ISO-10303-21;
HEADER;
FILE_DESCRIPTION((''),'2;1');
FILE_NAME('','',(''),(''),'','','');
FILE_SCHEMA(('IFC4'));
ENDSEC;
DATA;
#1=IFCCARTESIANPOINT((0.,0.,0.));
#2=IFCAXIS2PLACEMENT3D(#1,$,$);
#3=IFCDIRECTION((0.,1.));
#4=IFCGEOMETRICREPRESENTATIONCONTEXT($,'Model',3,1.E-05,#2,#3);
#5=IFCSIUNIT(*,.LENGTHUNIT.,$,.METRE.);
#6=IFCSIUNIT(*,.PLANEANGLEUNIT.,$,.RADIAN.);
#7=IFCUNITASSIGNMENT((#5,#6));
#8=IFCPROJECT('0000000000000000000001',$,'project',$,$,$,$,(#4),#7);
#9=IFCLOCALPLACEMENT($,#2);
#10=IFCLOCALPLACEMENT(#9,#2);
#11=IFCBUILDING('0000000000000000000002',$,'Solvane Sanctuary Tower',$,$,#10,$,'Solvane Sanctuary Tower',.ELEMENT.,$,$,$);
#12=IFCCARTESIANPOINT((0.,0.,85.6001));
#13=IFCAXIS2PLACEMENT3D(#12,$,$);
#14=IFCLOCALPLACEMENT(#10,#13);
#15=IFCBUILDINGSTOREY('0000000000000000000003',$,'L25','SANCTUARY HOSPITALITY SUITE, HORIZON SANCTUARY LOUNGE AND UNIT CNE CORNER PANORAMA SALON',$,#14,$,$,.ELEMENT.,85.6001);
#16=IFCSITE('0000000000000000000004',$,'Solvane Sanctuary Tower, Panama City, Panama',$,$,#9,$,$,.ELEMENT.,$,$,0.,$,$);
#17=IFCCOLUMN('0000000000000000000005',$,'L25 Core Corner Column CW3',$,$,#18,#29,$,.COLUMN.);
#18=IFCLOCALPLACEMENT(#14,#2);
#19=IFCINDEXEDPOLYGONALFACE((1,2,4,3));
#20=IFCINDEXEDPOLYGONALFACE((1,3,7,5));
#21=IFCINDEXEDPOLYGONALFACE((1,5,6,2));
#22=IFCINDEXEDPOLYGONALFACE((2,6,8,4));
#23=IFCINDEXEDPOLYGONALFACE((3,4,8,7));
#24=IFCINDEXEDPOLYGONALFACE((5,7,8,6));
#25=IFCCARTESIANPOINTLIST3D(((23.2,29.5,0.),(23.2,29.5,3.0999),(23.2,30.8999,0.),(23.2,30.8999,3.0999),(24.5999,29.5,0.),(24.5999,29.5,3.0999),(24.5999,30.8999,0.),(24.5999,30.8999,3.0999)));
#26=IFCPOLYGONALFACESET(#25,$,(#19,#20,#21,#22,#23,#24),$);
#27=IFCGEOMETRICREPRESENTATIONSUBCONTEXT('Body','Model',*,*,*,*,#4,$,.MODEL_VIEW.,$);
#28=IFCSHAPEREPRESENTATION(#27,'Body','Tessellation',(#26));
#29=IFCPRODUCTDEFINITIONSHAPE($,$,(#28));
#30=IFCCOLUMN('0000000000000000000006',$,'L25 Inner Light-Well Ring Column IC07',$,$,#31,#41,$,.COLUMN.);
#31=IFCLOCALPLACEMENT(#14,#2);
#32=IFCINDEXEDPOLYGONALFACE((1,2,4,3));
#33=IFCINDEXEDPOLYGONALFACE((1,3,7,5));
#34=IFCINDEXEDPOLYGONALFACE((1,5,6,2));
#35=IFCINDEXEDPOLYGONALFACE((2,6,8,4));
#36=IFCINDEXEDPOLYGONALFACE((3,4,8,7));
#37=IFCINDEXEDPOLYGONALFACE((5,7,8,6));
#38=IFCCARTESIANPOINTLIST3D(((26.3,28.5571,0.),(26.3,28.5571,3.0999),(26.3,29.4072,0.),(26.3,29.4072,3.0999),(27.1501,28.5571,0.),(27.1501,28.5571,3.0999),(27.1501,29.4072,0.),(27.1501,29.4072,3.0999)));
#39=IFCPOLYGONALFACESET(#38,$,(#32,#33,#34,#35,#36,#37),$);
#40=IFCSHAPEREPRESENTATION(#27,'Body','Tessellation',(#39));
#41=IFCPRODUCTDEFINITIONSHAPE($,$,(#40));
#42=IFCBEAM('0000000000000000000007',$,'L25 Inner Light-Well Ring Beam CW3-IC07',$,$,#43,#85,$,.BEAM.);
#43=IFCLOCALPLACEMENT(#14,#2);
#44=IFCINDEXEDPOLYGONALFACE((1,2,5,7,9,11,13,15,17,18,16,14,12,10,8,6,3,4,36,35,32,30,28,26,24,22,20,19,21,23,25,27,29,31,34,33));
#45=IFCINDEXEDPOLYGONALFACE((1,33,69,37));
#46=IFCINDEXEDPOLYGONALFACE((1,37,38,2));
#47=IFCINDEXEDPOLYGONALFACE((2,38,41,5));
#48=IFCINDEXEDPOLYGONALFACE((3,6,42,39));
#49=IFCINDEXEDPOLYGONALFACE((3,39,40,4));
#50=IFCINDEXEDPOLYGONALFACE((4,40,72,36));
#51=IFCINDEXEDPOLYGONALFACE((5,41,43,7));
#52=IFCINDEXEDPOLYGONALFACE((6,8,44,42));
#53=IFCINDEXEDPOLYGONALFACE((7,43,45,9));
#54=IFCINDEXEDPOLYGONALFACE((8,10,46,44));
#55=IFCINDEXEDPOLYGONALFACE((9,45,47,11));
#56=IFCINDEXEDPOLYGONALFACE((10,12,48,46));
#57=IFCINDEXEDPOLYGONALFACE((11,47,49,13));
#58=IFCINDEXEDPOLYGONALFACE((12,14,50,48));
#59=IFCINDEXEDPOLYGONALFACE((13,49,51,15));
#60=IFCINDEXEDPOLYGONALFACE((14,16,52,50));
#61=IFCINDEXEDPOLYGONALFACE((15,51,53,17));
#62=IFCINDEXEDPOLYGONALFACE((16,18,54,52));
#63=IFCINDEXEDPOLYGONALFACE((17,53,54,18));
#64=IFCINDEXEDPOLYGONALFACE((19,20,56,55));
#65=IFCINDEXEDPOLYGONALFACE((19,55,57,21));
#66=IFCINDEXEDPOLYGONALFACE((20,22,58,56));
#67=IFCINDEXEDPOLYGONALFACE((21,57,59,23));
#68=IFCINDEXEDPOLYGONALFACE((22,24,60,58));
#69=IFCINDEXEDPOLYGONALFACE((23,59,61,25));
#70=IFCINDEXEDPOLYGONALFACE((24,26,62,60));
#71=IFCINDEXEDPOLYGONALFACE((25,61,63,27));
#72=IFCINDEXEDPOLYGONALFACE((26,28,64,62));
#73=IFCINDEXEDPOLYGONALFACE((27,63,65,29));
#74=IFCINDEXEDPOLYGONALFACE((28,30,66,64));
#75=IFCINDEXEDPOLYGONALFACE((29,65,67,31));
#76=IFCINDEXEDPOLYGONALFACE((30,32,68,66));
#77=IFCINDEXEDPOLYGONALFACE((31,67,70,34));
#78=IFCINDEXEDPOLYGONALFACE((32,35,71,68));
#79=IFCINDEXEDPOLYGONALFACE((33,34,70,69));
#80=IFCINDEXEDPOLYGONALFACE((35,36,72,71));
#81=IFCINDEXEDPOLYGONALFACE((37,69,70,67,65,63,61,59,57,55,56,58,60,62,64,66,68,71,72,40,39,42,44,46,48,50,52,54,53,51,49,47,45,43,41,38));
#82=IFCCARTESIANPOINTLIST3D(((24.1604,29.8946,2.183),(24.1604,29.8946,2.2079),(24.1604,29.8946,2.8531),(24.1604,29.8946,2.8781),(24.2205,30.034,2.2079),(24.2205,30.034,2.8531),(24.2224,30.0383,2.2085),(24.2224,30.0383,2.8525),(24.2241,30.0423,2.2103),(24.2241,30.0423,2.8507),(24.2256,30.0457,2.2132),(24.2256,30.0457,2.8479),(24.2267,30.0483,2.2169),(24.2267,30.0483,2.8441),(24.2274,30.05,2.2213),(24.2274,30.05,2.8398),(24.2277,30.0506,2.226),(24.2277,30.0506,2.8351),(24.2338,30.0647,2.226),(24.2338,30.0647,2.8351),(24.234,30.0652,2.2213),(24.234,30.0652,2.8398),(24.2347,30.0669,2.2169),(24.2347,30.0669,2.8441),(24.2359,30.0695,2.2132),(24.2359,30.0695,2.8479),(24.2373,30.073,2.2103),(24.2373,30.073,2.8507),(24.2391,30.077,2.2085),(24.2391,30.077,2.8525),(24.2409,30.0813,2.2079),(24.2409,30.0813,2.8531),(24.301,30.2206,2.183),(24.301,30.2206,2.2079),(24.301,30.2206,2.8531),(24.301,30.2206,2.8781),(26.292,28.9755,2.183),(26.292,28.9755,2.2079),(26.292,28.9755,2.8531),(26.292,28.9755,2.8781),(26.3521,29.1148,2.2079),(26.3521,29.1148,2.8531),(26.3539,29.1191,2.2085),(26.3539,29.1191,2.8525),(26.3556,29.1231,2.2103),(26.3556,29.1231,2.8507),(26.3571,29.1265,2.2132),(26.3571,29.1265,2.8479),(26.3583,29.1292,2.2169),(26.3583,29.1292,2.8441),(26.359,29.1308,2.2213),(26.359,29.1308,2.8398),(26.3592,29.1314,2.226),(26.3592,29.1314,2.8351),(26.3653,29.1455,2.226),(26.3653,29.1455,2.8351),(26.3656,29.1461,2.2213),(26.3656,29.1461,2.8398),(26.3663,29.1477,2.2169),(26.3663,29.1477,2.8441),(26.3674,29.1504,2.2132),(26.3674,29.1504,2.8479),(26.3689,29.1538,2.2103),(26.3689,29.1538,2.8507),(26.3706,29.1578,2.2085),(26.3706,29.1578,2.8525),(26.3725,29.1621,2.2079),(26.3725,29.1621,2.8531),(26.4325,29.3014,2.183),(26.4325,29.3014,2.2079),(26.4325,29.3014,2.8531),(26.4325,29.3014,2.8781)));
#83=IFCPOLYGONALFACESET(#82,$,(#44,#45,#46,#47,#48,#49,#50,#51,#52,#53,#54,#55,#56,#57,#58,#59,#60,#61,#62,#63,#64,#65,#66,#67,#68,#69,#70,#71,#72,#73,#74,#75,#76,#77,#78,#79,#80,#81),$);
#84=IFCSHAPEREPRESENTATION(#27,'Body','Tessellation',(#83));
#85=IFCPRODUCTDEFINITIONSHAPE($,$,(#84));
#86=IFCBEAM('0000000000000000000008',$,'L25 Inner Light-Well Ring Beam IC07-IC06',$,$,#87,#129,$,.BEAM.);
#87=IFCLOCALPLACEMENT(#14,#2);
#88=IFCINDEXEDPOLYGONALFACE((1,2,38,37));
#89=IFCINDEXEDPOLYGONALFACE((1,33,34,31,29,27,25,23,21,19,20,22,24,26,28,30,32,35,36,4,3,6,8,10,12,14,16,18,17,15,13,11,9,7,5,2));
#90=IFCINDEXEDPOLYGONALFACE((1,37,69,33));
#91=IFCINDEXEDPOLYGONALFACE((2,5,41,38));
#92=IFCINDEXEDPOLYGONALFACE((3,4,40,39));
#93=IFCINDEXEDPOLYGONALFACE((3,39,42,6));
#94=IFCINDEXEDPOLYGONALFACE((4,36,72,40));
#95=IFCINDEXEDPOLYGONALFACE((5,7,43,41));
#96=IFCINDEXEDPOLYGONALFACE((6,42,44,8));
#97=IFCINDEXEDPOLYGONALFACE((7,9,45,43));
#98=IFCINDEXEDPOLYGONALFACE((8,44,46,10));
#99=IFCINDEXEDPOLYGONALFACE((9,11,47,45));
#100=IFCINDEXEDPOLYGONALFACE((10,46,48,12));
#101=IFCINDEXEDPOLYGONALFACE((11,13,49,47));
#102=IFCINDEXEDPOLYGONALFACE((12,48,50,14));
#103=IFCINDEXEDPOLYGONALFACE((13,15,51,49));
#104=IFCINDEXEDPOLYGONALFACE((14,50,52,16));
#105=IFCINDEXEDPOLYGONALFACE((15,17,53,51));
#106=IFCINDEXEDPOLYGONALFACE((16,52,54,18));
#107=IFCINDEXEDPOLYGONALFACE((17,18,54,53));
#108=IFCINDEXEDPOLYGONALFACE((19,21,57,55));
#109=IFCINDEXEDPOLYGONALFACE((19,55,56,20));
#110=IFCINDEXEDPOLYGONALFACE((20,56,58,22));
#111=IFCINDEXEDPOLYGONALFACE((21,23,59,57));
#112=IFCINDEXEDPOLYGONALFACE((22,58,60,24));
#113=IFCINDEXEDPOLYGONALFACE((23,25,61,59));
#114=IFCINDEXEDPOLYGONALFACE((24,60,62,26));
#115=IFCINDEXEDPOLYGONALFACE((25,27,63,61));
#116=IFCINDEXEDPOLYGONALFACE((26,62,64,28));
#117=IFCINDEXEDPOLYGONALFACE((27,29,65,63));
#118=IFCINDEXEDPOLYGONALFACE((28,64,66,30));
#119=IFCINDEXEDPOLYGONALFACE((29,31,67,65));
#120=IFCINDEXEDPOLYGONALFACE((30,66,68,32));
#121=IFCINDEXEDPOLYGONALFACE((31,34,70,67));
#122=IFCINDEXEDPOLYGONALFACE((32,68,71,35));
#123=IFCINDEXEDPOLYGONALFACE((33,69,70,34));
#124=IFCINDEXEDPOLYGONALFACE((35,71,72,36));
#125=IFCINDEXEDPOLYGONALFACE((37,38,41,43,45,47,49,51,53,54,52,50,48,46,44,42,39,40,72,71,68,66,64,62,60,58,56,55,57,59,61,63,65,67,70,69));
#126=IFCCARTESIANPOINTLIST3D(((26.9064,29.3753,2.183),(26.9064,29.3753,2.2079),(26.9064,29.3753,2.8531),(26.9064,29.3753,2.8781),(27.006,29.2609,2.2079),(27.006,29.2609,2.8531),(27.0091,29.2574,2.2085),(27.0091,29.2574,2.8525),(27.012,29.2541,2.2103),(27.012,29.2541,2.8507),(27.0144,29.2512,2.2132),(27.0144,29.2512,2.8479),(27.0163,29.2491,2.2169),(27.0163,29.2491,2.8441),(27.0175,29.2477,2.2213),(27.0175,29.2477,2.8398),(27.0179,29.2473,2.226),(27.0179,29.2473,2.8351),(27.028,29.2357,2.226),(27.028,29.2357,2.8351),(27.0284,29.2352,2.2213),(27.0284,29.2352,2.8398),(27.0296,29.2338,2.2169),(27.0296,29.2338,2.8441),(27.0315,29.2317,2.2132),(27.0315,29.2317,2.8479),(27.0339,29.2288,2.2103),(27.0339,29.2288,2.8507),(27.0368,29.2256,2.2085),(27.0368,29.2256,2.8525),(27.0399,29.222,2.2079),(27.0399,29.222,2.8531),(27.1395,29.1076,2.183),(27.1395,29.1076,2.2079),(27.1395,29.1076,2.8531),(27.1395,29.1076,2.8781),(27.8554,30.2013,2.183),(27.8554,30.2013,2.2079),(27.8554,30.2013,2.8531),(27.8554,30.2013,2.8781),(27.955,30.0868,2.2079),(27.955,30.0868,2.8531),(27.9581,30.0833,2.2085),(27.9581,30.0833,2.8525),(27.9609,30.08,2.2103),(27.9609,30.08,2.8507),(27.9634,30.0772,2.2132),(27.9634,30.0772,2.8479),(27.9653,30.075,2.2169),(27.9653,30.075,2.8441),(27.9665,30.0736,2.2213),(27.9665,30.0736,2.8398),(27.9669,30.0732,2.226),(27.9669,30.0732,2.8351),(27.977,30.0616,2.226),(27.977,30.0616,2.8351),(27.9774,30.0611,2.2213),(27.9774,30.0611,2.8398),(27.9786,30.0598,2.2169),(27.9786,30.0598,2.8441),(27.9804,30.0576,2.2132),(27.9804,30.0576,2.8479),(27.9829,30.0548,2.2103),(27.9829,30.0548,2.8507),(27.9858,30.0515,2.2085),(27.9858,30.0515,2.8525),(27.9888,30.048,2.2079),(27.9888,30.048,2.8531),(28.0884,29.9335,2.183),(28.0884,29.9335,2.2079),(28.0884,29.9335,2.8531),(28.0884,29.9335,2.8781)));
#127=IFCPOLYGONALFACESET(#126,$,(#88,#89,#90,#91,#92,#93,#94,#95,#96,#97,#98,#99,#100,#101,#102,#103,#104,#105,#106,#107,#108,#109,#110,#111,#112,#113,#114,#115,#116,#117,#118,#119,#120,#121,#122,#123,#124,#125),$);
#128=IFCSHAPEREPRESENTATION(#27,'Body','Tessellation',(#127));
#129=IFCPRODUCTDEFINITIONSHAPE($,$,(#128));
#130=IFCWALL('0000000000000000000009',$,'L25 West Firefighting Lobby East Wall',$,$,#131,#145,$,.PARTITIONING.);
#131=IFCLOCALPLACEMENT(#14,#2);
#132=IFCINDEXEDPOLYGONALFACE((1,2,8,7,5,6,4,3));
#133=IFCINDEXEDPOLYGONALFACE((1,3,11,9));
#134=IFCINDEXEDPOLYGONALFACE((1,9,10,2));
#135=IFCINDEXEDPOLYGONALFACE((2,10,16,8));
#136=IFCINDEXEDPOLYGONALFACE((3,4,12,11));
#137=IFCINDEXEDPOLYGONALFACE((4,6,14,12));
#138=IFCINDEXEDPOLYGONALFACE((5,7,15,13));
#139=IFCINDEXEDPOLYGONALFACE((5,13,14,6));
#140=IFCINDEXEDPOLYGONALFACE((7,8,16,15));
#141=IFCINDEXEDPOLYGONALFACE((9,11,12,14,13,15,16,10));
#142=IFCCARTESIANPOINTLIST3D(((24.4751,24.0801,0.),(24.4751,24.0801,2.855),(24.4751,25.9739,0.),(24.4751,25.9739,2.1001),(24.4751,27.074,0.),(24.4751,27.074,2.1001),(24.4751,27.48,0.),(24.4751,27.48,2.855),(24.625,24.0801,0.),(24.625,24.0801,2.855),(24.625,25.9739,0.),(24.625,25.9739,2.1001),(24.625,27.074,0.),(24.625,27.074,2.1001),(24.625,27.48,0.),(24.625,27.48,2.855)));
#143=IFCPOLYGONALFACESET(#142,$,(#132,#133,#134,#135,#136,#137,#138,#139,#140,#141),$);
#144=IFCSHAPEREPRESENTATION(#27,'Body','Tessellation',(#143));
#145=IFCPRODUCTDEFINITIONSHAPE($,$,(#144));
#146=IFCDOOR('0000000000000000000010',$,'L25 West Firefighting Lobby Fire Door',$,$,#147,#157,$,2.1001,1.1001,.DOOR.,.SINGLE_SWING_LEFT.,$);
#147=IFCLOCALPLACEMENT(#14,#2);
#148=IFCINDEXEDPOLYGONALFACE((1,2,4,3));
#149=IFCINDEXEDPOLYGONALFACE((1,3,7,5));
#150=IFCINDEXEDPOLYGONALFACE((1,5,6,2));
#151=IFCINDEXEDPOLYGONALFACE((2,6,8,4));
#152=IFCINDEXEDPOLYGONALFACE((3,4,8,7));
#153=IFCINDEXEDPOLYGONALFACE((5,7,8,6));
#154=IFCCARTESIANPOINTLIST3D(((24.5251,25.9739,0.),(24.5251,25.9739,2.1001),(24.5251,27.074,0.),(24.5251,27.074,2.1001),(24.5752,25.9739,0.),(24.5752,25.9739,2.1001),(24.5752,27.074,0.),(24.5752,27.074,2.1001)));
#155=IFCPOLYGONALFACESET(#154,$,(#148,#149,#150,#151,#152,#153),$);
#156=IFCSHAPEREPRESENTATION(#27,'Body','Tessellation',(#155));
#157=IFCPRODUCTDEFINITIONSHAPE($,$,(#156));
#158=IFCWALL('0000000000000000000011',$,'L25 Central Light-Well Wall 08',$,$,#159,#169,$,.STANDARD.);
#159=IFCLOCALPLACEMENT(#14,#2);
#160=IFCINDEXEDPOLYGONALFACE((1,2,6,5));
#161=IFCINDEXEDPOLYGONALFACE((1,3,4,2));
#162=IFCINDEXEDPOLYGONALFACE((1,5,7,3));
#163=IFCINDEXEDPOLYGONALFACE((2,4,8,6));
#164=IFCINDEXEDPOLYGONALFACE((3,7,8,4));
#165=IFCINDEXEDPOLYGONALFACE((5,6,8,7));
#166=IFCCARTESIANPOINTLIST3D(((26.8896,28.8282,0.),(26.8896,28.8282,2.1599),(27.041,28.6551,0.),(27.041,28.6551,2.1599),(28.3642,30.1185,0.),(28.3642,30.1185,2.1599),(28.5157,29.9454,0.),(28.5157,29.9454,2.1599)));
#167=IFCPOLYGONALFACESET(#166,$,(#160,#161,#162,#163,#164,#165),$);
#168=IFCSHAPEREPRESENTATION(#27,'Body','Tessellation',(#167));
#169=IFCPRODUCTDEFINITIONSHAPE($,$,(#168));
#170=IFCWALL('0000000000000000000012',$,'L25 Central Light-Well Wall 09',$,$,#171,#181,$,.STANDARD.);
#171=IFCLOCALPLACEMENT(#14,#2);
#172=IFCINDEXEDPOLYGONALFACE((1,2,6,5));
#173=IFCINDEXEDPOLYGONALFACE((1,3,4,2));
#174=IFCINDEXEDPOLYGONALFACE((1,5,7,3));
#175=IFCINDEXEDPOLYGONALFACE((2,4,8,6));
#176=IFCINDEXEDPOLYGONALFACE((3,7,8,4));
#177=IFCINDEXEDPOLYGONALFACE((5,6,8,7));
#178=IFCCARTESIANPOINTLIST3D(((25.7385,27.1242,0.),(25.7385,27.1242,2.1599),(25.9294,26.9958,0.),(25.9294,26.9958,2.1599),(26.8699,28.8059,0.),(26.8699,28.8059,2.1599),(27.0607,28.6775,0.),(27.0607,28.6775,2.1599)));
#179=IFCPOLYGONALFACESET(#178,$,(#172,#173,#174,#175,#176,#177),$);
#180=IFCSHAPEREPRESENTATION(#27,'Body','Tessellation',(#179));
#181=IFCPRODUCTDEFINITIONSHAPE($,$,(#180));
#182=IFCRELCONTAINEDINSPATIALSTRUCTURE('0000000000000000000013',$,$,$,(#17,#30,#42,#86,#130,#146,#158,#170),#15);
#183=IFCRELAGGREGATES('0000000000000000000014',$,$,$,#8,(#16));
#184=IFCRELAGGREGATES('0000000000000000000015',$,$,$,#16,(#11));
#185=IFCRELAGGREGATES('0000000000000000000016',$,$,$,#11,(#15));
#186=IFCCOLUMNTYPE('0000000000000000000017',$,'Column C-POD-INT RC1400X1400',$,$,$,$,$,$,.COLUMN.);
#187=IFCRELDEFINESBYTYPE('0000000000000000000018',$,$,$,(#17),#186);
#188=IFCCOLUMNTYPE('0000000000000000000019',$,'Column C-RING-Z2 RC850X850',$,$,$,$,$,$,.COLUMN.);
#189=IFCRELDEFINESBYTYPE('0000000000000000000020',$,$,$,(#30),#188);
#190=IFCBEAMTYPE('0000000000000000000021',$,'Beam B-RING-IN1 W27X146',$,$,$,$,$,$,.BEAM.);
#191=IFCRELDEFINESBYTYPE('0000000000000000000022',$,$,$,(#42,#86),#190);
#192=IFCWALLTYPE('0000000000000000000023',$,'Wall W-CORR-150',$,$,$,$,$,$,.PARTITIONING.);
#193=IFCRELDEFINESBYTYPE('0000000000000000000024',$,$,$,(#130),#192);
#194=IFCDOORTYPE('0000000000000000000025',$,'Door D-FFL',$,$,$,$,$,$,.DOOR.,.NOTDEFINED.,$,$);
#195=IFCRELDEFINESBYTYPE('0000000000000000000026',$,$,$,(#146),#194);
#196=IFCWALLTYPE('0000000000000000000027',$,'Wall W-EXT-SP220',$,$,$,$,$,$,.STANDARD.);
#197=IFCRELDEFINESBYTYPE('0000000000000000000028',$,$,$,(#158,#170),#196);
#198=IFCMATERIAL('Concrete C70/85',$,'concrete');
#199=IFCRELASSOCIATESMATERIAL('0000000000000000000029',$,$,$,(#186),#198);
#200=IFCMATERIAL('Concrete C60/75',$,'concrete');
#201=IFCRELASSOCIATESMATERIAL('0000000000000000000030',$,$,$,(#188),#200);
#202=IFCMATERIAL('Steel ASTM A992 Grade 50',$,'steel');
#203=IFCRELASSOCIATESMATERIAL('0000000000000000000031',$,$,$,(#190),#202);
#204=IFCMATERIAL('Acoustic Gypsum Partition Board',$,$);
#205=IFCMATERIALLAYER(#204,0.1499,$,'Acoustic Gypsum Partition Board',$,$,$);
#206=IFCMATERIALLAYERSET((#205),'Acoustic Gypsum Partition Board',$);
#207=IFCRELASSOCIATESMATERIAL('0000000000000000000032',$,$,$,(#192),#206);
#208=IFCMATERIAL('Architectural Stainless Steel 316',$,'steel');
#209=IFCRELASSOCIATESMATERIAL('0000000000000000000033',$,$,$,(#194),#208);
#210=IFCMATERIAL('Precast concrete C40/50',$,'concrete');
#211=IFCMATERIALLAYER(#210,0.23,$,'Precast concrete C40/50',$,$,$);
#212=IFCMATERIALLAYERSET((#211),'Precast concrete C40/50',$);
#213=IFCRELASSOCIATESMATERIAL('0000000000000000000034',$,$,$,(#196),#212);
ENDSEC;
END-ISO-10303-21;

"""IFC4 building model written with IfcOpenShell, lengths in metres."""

from ifc_helpers import new_model, si_unit, direction, frame, frame_2d, origin, origin_2d, place, context, subcontext, project, spatial, rectangle, i_section, extrude, material, layer, layer_set, material_profile, profile_set, type_object, element, fill, save


model = new_model("IFC4")

# Units and contexts
model_context = context("Model", 3, precision=1e-05, world=origin(), true_north=direction((0.0, 1.0)))
body_context = subcontext(model_context, "Body", "Model", "MODEL_VIEW")
ifc_project = project(units=[si_unit("LENGTHUNIT", "METRE"), si_unit("PLANEANGLEUNIT", "RADIAN")], contexts=[model_context])

# Site, building, storey
site_placement = place(None, origin())
site = spatial("IfcSite", under=ifc_project, at=site_placement, Name="Solvane Sanctuary Tower, Panama City, Panama", CompositionType="ELEMENT", RefElevation=0.0)
building_placement = place(site_placement, origin())
building = spatial("IfcBuilding", under=site, at=building_placement, Name="Solvane Sanctuary Tower", LongName="Solvane Sanctuary Tower", CompositionType="ELEMENT")
storey_placement = place(building_placement, frame((0.0, 0.0, 85.6001)))
storey = spatial("IfcBuildingStorey", under=building, at=storey_placement, Name="L25", Description="SANCTUARY HOSPITALITY SUITE, HORIZON SANCTUARY LOUNGE AND UNIT CNE CORNER PANORAMA SALON", CompositionType="ELEMENT", Elevation=85.6001)

# Columns
ifc_material_1 = material(Name="Concrete C70/85", Category="concrete")
ifc_material_profile_1 = material_profile(ifc_material_1, rectangle(XDim=1.3999, YDim=1.3999, at=origin_2d()), Name="RC1400X1400")
ifc_profile_set_1 = profile_set([ifc_material_profile_1], Name="Concrete C70/85")
column_type_1 = type_object("IfcColumnType", Name="Column C-POD-INT RC1400X1400", PredefinedType="COLUMN", material=ifc_profile_set_1)
column_1_placement = place(storey_placement, frame((23.8999, 30.2, 0.0), z_axis=(0.0, 0.0, 1.0), x_axis=(1.0, 0.0, 0.0)))
element("IfcColumn", 1, at=column_1_placement, inside=storey, type_object=column_type_1, Name="L25 Core Corner Column CW3", PredefinedType="COLUMN", context=body_context, shape_type="SweptSolid", body=[
    extrude(rectangle(XDim=1.3999, YDim=1.3999, at=origin_2d()), origin(), (0.0, 0.0, 1.0), 3.0999),
])
ifc_material_2 = material(Name="Concrete C60/75", Category="concrete")
ifc_material_profile_2 = material_profile(ifc_material_2, rectangle(XDim=0.8501, YDim=0.8501, at=origin_2d()), Name="RC850X850")
ifc_profile_set_2 = profile_set([ifc_material_profile_2], Name="Concrete C60/75")
column_type_2 = type_object("IfcColumnType", Name="Column C-RING-Z2 RC850X850", PredefinedType="COLUMN", material=ifc_profile_set_2)
column_2_placement = place(storey_placement, frame((26.7251, 28.9822, 0.0), z_axis=(0.0, 0.0, 1.0), x_axis=(1.0, 0.0, 0.0)))
element("IfcColumn", 2, at=column_2_placement, inside=storey, type_object=column_type_2, Name="L25 Inner Light-Well Ring Column IC07", PredefinedType="COLUMN", context=body_context, shape_type="SweptSolid", body=[
    extrude(rectangle(XDim=0.8501, YDim=0.8501, at=origin_2d()), origin(), (0.0, 0.0, 1.0), 3.0999),
])

# Beams
ifc_material_3 = material(Name="Steel ASTM A992 Grade 50", Category="steel")
ifc_material_profile_3 = material_profile(ifc_material_3, i_section(OverallWidth=0.355, OverallDepth=0.6951, WebThickness=0.0154, FlangeThickness=0.0249, FilletRadius=0.0181, at=origin_2d()), Name="W27X146")
ifc_profile_set_3 = profile_set([ifc_material_profile_3], Name="Steel ASTM A992 Grade 50")
beam_type = type_object("IfcBeamType", Name="Beam B-RING-IN1 W27X146", PredefinedType="BEAM", material=ifc_profile_set_3)
beam_1_placement = place(storey_placement, frame((24.2307, 30.0576, 2.5305), z_axis=(0.918261, -0.395975, 0.0), x_axis=(0.395975, 0.918261, 0.0)))
element("IfcBeam", 3, at=beam_1_placement, inside=storey, type_object=beam_type, Name="L25 Inner Light-Well Ring Beam CW3-IC07", PredefinedType="BEAM", context=body_context, shape_type="SweptSolid", body=[
    extrude(i_section(OverallWidth=0.355, OverallDepth=0.6951, WebThickness=0.0154, FlangeThickness=0.0249, FilletRadius=0.0181, at=origin_2d()), origin(), (0.0, 0.0, 1.0), 2.3213),
])
beam_2_placement = place(storey_placement, frame((27.0229, 29.2415, 2.5305), z_axis=(0.754317, 0.65651, 0.0), x_axis=(-0.65651, 0.754317, 0.0)))
element("IfcBeam", 4, at=beam_2_placement, inside=storey, type_object=beam_type, Name="L25 Inner Light-Well Ring Beam IC07-IC06", PredefinedType="BEAM", context=body_context, shape_type="SweptSolid", body=[
    extrude(i_section(OverallWidth=0.355, OverallDepth=0.6951, WebThickness=0.0154, FlangeThickness=0.0249, FilletRadius=0.0181, at=origin_2d()), origin(), (0.0, 0.0, 1.0), 1.2581),
])

# Wall, opening, door
ifc_material_4 = material(Name="Acoustic Gypsum Partition Board")
ifc_layer_1 = layer(ifc_material_4, 0.1499, Name="Acoustic Gypsum Partition Board")
ifc_layer_set_1 = layer_set([ifc_layer_1], Name="Acoustic Gypsum Partition Board")
wall_type_1 = type_object("IfcWallType", Name="Wall W-CORR-150", PredefinedType="PARTITIONING", material=ifc_layer_set_1)
wall_1_placement = place(storey_placement, frame((24.55, 24.0801, 0.0), z_axis=(0.0, 0.0, 1.0), x_axis=(0.0, 1.0, 0.0)))
wall_1 = element("IfcWall", 5, at=wall_1_placement, inside=storey, type_object=wall_type_1, Name="L25 West Firefighting Lobby East Wall", PredefinedType="PARTITIONING", context=body_context, shape_type="SweptSolid", body=[
    extrude(rectangle(XDim=3.3999, YDim=0.1499, at=frame_2d((1.7, 0.0))), origin(), (0.0, 0.0, 1.0), 2.855),
])
opening_1_placement = place(wall_1_placement, frame((1.8938, 0.0, 0.0)))
opening_1 = element("IfcOpeningElement", 6, at=opening_1_placement, cuts=wall_1, PredefinedType="OPENING", context=body_context, shape_type="SweptSolid", body=[
    extrude(rectangle(XDim=1.1001, YDim=2.1001, at=frame_2d((0.55, 1.05))), frame((0.0, 0.085, 0.0), z_axis=(0.0, -1.0, 0.0), x_axis=(1.0, 0.0, 0.0)), (0.0, 0.0, 1.0), 0.1699),
])
ifc_material_5 = material(Name="Architectural Stainless Steel 316", Category="steel")
door_type_1 = type_object("IfcDoorType", Name="Door D-FFL", OperationType="NOTDEFINED", PredefinedType="DOOR", material=ifc_material_5)
door_1_placement = place(opening_1_placement, origin())
door_1 = element("IfcDoor", 7, at=door_1_placement, inside=storey, type_object=door_type_1, Name="L25 West Firefighting Lobby Fire Door", OperationType="SINGLE_SWING_LEFT", OverallHeight=2.1001, OverallWidth=1.1001, PredefinedType="DOOR", context=body_context, shape_type="SweptSolid", body=[
    extrude(rectangle(XDim=1.1001, YDim=2.1001, at=frame_2d((0.55, 1.05))), frame((0.0, 0.0249, 0.0), z_axis=(0.0, -1.0, 0.0), x_axis=(1.0, 0.0, 0.0)), (0.0, 0.0, 1.0), 0.05),
])
fill(opening_1, door_1)

# Walls
ifc_material_6 = material(Name="Precast concrete C40/50", Category="concrete")
ifc_layer_2 = layer(ifc_material_6, 0.23, Name="Precast concrete C40/50")
ifc_layer_set_2 = layer_set([ifc_layer_2], Name="Precast concrete C40/50")
wall_type_2 = type_object("IfcWallType", Name="Wall W-EXT-SP220", PredefinedType="STANDARD", material=ifc_layer_set_2)
wall_2_placement = place(storey_placement, frame((28.4399, 30.032, 0.0), z_axis=(0.0, 0.0, 1.0), x_axis=(-0.752577, -0.658505, 0.0)))
element("IfcWall", 8, at=wall_2_placement, inside=storey, type_object=wall_type_2, Name="L25 Central Light-Well Wall 08", PredefinedType="STANDARD", context=body_context, shape_type="SweptSolid", body=[
    extrude(rectangle(XDim=1.9595, YDim=0.23, at=frame_2d((0.9797, 0.0))), origin(), (0.0, 0.0, 1.0), 2.1599),
])
wall_3_placement = place(storey_placement, frame((26.9653, 28.7417, 0.0), z_axis=(0.0, 0.0, 1.0), x_axis=(-0.558198, -0.829708, 0.0)))
element("IfcWall", 9, at=wall_3_placement, inside=storey, type_object=wall_type_2, Name="L25 Central Light-Well Wall 09", PredefinedType="STANDARD", context=body_context, shape_type="SweptSolid", body=[
    extrude(rectangle(XDim=2.0269, YDim=0.23, at=frame_2d((1.0134, 0.0))), origin(), (0.0, 0.0, 1.0), 2.1599),
])

save(model, "model.ifc")
